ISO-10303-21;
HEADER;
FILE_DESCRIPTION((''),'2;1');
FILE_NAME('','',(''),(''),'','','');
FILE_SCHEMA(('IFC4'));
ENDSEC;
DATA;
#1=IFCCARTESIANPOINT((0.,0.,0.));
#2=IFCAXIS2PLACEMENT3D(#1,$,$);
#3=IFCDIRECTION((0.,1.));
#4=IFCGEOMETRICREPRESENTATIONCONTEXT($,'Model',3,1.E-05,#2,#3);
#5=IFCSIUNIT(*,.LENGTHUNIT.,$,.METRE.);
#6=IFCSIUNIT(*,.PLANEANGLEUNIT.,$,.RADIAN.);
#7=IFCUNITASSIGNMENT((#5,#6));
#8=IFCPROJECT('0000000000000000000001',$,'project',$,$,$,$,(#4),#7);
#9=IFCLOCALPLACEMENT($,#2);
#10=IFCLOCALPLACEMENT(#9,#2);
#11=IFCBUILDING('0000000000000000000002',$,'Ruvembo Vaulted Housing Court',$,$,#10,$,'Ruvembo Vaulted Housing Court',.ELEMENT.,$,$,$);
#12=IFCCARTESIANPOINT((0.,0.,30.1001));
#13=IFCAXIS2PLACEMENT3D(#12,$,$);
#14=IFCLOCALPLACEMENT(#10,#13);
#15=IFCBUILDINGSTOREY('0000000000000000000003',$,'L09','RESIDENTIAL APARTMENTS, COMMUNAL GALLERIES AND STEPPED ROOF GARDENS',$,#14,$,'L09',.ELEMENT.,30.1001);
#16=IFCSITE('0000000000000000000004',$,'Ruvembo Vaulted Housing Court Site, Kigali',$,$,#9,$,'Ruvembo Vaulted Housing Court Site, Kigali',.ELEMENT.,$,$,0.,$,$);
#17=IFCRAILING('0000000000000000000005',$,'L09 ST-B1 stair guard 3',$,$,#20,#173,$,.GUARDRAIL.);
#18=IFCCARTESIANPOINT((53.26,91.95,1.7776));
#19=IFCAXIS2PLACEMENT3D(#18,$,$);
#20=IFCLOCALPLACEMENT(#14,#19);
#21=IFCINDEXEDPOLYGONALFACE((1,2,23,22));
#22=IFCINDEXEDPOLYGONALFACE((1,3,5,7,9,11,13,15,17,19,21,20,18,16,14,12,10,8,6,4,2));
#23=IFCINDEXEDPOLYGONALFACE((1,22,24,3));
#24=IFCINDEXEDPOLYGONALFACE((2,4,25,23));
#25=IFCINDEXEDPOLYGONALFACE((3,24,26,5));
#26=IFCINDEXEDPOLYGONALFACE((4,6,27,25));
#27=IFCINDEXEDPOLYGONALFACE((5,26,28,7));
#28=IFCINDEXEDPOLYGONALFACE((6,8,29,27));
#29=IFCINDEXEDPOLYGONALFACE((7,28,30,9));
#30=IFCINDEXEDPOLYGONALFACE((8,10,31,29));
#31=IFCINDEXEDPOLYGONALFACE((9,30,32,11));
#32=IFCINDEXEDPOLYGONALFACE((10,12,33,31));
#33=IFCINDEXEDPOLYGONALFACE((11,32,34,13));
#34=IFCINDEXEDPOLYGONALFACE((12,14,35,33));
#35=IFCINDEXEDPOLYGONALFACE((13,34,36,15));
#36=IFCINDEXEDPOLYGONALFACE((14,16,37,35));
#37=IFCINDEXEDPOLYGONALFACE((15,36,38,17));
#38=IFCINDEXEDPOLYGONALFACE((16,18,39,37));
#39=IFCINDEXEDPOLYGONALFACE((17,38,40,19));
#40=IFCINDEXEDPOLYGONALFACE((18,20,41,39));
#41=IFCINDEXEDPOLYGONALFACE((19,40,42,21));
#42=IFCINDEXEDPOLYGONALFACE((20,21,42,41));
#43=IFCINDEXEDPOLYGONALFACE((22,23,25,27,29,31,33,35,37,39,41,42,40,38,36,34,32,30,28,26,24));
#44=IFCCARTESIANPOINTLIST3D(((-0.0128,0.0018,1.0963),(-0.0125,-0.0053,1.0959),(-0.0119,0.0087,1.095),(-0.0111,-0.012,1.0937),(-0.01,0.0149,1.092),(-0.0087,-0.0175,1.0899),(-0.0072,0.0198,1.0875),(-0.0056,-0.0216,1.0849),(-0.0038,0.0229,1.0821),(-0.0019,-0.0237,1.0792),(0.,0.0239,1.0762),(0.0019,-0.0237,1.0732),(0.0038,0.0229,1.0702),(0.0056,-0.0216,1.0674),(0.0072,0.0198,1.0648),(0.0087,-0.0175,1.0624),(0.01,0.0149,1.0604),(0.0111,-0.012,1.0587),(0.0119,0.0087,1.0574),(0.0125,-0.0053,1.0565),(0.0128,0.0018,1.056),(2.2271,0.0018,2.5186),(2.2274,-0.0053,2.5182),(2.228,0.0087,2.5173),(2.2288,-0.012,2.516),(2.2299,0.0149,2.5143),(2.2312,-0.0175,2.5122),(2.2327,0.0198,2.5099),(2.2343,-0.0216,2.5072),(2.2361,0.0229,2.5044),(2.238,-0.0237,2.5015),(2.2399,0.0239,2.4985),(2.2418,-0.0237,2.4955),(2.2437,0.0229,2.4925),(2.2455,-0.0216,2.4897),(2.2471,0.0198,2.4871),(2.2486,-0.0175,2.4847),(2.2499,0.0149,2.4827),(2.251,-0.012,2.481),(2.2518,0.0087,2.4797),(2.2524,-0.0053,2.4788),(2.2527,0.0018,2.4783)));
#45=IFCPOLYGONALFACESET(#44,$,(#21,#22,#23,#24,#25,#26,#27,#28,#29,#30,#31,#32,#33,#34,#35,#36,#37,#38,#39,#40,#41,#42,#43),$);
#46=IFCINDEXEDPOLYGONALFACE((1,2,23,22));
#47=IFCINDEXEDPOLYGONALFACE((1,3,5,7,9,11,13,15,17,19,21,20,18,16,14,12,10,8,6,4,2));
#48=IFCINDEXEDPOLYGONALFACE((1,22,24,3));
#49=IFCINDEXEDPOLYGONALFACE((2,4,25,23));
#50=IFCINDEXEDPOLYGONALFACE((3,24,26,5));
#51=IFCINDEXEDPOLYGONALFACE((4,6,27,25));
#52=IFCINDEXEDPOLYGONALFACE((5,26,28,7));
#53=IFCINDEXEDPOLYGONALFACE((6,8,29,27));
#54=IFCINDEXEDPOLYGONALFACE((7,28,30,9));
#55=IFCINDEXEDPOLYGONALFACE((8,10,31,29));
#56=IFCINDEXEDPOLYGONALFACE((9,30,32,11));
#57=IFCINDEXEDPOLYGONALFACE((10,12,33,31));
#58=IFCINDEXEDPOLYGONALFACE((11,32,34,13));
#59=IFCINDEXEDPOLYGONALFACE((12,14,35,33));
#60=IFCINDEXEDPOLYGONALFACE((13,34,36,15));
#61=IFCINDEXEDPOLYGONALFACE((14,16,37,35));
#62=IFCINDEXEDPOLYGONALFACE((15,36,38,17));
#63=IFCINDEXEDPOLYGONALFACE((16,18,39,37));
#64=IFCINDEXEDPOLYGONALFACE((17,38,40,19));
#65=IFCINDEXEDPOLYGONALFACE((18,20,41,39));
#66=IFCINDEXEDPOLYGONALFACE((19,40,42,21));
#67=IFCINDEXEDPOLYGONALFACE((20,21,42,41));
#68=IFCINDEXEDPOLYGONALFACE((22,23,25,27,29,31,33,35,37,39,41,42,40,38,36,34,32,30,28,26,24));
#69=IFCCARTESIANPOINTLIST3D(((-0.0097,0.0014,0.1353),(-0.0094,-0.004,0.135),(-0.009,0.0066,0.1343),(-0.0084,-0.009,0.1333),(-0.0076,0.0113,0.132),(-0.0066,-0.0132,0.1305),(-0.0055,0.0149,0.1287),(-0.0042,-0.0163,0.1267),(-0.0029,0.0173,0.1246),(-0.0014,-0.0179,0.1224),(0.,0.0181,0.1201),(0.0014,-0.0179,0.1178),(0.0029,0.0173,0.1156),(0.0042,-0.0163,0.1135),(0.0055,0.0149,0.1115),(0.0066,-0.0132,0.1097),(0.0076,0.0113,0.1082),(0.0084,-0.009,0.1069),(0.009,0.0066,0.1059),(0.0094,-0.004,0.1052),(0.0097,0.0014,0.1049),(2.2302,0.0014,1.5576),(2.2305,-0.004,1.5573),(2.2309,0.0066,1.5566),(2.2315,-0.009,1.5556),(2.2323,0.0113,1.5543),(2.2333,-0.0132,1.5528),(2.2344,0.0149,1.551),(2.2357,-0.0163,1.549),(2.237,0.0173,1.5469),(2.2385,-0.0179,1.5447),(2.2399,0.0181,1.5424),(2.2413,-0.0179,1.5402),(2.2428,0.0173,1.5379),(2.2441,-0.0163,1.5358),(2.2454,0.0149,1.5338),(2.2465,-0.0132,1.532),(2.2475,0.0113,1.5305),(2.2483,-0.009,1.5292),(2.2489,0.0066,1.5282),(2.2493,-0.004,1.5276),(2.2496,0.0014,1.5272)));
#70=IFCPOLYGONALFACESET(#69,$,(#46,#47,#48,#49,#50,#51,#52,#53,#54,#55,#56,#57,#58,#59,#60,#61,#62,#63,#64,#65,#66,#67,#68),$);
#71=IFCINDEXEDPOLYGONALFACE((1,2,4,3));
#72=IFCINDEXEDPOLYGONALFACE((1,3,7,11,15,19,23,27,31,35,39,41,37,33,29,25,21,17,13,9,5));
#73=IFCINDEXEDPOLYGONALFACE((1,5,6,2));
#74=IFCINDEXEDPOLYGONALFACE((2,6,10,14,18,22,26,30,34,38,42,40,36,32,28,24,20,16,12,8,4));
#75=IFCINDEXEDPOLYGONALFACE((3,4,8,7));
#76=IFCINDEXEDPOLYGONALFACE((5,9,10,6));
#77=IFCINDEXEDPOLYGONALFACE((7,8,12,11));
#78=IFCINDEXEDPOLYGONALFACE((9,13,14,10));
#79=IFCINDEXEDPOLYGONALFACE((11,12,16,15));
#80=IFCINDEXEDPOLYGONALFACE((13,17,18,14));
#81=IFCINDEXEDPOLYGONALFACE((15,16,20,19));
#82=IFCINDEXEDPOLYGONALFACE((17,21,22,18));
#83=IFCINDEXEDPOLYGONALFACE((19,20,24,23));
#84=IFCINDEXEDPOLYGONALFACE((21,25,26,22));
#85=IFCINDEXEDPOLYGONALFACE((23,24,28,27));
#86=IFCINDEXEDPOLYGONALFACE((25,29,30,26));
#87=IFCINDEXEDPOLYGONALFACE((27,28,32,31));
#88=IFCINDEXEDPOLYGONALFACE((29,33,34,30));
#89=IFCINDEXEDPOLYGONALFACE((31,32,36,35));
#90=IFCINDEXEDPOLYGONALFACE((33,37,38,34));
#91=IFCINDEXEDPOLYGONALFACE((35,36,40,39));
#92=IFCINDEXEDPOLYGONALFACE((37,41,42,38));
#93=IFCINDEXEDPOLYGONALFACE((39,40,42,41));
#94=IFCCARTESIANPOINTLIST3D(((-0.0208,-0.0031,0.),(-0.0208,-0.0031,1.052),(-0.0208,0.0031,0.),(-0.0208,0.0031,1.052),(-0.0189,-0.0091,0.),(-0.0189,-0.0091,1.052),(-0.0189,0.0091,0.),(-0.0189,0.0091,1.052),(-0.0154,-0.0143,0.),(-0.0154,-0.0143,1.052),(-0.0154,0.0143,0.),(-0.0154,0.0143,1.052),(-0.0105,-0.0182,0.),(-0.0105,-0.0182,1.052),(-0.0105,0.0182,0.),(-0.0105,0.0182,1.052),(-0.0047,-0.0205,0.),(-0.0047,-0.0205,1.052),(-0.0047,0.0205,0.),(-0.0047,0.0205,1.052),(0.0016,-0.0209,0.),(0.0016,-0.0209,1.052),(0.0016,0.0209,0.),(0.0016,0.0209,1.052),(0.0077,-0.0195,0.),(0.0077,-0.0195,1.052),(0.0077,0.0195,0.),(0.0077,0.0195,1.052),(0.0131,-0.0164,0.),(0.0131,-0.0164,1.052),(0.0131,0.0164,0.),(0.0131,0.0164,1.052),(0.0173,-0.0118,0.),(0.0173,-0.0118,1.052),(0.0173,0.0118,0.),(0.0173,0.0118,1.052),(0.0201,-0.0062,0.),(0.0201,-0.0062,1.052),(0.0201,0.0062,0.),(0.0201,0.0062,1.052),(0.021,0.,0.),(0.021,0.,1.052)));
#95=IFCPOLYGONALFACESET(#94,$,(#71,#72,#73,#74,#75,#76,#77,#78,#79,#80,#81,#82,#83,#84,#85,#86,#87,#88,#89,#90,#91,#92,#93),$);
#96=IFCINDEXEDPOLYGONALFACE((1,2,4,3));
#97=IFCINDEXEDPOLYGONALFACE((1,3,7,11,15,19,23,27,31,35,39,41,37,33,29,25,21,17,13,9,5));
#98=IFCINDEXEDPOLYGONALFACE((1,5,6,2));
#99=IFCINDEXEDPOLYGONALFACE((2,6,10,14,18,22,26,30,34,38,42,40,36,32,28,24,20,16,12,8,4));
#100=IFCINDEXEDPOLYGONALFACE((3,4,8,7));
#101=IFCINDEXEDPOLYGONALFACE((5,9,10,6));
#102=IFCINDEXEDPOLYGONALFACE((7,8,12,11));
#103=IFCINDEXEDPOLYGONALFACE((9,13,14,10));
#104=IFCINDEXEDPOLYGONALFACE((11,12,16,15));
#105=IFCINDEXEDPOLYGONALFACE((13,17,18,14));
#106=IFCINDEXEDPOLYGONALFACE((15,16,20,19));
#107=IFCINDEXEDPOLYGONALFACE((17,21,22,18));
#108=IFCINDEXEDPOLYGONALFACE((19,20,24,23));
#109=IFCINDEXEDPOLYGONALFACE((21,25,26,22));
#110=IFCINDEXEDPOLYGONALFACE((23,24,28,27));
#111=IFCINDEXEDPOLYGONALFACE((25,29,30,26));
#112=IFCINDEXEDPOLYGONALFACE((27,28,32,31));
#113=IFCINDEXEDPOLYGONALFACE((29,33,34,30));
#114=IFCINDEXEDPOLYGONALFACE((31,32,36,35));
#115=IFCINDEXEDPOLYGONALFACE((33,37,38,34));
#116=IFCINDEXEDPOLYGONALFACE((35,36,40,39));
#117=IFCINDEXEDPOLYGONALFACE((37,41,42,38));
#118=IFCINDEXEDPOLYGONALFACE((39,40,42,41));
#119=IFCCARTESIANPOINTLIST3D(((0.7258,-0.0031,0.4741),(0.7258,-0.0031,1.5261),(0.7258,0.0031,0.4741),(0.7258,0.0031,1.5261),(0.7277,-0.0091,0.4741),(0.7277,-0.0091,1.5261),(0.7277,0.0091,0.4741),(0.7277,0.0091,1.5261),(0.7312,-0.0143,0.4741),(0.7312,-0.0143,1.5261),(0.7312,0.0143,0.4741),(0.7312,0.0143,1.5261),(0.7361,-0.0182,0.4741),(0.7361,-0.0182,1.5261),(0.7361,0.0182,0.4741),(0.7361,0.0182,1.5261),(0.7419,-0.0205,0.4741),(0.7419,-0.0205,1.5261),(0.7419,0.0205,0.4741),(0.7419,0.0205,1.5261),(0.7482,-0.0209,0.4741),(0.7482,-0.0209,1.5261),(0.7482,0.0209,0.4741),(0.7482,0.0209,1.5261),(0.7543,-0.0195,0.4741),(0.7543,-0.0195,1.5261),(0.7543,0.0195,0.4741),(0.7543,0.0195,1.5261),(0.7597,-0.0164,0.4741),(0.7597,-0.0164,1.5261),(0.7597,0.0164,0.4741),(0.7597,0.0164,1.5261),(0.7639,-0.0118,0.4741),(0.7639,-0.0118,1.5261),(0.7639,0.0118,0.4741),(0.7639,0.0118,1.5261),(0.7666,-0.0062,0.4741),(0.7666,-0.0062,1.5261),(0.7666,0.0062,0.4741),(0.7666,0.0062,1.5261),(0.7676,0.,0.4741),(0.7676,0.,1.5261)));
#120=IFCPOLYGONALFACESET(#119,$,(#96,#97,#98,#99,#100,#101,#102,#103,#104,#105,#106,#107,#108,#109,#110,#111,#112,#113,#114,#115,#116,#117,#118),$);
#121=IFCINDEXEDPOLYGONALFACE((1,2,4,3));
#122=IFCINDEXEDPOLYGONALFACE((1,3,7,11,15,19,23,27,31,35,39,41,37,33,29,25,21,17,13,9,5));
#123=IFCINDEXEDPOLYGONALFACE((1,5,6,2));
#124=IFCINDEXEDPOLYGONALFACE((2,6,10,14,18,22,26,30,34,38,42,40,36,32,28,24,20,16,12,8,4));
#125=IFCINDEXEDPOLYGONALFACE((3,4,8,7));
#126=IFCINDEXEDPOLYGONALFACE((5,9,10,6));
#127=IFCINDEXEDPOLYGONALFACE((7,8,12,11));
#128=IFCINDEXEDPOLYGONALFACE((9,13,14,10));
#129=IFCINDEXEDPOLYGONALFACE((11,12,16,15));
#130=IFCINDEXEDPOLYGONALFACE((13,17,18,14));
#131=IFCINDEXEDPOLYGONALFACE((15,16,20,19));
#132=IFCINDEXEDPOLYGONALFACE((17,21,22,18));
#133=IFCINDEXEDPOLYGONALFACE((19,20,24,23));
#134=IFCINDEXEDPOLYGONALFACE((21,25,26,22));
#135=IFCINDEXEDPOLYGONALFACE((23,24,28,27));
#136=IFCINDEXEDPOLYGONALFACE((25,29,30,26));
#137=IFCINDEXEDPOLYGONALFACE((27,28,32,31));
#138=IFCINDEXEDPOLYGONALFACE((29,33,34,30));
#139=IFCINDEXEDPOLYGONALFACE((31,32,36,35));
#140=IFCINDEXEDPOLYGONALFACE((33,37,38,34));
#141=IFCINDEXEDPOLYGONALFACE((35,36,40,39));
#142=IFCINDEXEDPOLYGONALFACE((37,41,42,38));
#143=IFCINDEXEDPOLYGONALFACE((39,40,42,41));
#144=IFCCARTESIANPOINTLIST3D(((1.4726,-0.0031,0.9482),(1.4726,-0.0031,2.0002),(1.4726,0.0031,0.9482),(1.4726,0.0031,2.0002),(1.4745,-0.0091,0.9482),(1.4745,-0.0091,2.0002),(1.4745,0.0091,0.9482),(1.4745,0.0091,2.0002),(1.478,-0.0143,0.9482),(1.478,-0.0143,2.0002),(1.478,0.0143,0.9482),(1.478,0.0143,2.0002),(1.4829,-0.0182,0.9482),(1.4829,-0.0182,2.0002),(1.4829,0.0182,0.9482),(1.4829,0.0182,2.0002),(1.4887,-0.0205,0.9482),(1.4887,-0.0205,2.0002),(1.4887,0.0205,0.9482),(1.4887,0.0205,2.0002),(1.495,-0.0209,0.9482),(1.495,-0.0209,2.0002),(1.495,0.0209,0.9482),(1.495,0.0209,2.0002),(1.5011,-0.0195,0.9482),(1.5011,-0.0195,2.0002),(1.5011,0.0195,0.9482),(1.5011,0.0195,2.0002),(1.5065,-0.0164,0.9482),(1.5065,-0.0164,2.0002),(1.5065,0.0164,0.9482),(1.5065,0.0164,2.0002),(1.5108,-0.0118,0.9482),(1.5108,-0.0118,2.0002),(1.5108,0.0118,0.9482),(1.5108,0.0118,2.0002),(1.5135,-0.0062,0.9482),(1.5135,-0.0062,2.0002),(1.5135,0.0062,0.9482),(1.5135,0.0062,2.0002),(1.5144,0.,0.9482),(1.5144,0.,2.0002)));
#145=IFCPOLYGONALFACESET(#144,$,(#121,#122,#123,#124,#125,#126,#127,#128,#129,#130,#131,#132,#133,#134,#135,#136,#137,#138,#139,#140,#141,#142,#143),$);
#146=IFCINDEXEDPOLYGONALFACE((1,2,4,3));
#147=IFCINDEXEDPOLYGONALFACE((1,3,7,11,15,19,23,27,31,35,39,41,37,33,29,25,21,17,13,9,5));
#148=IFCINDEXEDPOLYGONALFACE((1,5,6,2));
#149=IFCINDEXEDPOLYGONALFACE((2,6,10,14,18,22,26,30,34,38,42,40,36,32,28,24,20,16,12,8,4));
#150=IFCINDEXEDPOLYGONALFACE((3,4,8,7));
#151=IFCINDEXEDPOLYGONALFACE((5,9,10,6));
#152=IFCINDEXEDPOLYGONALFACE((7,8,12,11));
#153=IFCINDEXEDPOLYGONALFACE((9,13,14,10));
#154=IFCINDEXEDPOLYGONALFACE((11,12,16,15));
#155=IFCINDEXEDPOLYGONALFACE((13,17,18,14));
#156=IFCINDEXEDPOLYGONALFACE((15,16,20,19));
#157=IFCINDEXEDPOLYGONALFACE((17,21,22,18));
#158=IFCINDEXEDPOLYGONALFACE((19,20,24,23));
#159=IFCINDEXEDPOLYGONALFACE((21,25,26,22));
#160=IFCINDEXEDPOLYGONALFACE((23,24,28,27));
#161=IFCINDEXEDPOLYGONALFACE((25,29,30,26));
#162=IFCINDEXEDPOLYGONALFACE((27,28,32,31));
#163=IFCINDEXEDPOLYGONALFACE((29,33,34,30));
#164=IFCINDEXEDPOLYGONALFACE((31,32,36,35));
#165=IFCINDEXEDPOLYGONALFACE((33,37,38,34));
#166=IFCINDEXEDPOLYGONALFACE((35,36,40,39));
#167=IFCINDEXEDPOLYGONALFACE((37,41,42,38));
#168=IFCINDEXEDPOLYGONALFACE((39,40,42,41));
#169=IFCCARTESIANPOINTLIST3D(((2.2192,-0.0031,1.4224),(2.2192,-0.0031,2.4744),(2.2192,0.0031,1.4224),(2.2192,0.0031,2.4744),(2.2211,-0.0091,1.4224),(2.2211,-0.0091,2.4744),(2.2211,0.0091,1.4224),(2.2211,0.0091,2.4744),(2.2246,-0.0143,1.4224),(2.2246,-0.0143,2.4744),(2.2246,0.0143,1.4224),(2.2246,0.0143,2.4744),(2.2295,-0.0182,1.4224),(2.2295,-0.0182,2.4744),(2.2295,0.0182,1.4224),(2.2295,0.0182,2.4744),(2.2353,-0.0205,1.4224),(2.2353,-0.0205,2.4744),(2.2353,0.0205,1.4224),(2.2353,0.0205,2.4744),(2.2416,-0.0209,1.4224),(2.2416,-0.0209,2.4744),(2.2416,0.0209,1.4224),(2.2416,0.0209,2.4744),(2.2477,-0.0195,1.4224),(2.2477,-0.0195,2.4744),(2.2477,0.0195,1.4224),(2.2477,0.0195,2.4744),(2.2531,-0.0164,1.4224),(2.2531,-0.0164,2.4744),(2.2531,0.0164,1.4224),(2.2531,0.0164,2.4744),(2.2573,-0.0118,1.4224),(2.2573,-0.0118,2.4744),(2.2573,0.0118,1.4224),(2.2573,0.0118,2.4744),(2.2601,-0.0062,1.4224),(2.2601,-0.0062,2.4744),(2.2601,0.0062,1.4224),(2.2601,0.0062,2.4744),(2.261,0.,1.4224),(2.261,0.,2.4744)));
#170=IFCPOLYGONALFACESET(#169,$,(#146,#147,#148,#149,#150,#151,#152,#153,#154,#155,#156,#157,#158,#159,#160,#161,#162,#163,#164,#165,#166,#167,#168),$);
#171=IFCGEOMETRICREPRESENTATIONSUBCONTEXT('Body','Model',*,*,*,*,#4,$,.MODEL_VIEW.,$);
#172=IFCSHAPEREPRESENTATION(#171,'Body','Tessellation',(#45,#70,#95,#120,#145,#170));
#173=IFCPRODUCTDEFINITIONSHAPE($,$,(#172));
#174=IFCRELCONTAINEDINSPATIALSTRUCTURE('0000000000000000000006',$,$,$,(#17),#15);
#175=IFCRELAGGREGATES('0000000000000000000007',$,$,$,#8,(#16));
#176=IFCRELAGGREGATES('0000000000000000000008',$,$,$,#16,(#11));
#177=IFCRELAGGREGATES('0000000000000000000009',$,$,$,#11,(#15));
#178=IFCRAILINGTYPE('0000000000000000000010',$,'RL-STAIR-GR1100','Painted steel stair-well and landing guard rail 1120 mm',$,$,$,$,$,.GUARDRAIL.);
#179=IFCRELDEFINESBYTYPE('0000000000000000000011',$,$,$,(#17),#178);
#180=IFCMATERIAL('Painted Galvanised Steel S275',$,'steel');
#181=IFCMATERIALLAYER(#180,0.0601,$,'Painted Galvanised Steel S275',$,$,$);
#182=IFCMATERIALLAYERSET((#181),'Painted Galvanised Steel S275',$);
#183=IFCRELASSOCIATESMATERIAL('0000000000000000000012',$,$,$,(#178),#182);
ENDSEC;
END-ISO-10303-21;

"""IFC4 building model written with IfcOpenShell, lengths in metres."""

from ifc_helpers import new_model, si_unit, direction, frame, origin, origin_2d, place, context, subcontext, project, spatial, circle, extrude, material, layer, layer_set, type_object, element, save


model = new_model("IFC4")

# Units and contexts
model_context = context("Model", 3, precision=1e-05, world=origin(), true_north=direction((0.0, 1.0)))
body_context = subcontext(model_context, "Body", "Model", "MODEL_VIEW")
ifc_project = project(units=[si_unit("LENGTHUNIT", "METRE"), si_unit("PLANEANGLEUNIT", "RADIAN")], contexts=[model_context])

# Site, building, storey
site_placement = place(None, origin())
site = spatial("IfcSite", under=ifc_project, at=site_placement, Name="Ruvembo Vaulted Housing Court Site, Kigali", LongName="Ruvembo Vaulted Housing Court Site, Kigali", CompositionType="ELEMENT", RefElevation=0.0)
building_placement = place(site_placement, origin())
building = spatial("IfcBuilding", under=site, at=building_placement, Name="Ruvembo Vaulted Housing Court", LongName="Ruvembo Vaulted Housing Court", CompositionType="ELEMENT")
storey_placement = place(building_placement, frame((0.0, 0.0, 30.1001)))
storey = spatial("IfcBuildingStorey", under=building, at=storey_placement, Name="L09", Description="RESIDENTIAL APARTMENTS, COMMUNAL GALLERIES AND STEPPED ROOF GARDENS", LongName="L09", CompositionType="ELEMENT", Elevation=30.1001)

# Railing
ifc_material_1 = material(Name="Painted Galvanised Steel S275", Category="steel")
ifc_layer_1 = layer(ifc_material_1, 0.0601, Name="Painted Galvanised Steel S275")
ifc_layer_set_1 = layer_set([ifc_layer_1], Name="Painted Galvanised Steel S275")
railing_type_1 = type_object("IfcRailingType", Name="RL-STAIR-GR1100", Description="Painted steel stair-well and landing guard rail 1120 mm", PredefinedType="GUARDRAIL", material=ifc_layer_set_1)
railing_1_placement = place(storey_placement, frame((53.26, 91.95, 1.7776)))
element("IfcRailing", 1, at=railing_1_placement, inside=storey, type_object=railing_type_1, Name="L09 ST-B1 stair guard 3", PredefinedType="GUARDRAIL", context=body_context, shape_type="SweptSolid", body=[
    extrude(circle(Radius=0.0239, at=origin_2d()), frame((0.0, 0.0, 1.0762), z_axis=(0.844188, 0.0, 0.536048), x_axis=(0.0, 1.0, 0.0)), (0.0, 0.0, 1.0), 2.6533),
    extrude(circle(Radius=0.0181, at=origin_2d()), frame((0.0, 0.0, 0.1201), z_axis=(0.844188, 0.0, 0.536048), x_axis=(0.0, 1.0, 0.0)), (0.0, 0.0, 1.0), 2.6533),
    extrude(circle(Radius=0.021, at=origin_2d()), origin(), (0.0, 0.0, 1.0), 1.052),
    extrude(circle(Radius=0.021, at=origin_2d()), frame((0.7466, 0.0, 0.4741)), (0.0, 0.0, 1.0), 1.052),
    extrude(circle(Radius=0.021, at=origin_2d()), frame((1.4934, 0.0, 0.9482)), (0.0, 0.0, 1.0), 1.052),
    extrude(circle(Radius=0.021, at=origin_2d()), frame((2.24, 0.0, 1.4224)), (0.0, 0.0, 1.0), 1.052),
])

save(model, "model.ifc")
